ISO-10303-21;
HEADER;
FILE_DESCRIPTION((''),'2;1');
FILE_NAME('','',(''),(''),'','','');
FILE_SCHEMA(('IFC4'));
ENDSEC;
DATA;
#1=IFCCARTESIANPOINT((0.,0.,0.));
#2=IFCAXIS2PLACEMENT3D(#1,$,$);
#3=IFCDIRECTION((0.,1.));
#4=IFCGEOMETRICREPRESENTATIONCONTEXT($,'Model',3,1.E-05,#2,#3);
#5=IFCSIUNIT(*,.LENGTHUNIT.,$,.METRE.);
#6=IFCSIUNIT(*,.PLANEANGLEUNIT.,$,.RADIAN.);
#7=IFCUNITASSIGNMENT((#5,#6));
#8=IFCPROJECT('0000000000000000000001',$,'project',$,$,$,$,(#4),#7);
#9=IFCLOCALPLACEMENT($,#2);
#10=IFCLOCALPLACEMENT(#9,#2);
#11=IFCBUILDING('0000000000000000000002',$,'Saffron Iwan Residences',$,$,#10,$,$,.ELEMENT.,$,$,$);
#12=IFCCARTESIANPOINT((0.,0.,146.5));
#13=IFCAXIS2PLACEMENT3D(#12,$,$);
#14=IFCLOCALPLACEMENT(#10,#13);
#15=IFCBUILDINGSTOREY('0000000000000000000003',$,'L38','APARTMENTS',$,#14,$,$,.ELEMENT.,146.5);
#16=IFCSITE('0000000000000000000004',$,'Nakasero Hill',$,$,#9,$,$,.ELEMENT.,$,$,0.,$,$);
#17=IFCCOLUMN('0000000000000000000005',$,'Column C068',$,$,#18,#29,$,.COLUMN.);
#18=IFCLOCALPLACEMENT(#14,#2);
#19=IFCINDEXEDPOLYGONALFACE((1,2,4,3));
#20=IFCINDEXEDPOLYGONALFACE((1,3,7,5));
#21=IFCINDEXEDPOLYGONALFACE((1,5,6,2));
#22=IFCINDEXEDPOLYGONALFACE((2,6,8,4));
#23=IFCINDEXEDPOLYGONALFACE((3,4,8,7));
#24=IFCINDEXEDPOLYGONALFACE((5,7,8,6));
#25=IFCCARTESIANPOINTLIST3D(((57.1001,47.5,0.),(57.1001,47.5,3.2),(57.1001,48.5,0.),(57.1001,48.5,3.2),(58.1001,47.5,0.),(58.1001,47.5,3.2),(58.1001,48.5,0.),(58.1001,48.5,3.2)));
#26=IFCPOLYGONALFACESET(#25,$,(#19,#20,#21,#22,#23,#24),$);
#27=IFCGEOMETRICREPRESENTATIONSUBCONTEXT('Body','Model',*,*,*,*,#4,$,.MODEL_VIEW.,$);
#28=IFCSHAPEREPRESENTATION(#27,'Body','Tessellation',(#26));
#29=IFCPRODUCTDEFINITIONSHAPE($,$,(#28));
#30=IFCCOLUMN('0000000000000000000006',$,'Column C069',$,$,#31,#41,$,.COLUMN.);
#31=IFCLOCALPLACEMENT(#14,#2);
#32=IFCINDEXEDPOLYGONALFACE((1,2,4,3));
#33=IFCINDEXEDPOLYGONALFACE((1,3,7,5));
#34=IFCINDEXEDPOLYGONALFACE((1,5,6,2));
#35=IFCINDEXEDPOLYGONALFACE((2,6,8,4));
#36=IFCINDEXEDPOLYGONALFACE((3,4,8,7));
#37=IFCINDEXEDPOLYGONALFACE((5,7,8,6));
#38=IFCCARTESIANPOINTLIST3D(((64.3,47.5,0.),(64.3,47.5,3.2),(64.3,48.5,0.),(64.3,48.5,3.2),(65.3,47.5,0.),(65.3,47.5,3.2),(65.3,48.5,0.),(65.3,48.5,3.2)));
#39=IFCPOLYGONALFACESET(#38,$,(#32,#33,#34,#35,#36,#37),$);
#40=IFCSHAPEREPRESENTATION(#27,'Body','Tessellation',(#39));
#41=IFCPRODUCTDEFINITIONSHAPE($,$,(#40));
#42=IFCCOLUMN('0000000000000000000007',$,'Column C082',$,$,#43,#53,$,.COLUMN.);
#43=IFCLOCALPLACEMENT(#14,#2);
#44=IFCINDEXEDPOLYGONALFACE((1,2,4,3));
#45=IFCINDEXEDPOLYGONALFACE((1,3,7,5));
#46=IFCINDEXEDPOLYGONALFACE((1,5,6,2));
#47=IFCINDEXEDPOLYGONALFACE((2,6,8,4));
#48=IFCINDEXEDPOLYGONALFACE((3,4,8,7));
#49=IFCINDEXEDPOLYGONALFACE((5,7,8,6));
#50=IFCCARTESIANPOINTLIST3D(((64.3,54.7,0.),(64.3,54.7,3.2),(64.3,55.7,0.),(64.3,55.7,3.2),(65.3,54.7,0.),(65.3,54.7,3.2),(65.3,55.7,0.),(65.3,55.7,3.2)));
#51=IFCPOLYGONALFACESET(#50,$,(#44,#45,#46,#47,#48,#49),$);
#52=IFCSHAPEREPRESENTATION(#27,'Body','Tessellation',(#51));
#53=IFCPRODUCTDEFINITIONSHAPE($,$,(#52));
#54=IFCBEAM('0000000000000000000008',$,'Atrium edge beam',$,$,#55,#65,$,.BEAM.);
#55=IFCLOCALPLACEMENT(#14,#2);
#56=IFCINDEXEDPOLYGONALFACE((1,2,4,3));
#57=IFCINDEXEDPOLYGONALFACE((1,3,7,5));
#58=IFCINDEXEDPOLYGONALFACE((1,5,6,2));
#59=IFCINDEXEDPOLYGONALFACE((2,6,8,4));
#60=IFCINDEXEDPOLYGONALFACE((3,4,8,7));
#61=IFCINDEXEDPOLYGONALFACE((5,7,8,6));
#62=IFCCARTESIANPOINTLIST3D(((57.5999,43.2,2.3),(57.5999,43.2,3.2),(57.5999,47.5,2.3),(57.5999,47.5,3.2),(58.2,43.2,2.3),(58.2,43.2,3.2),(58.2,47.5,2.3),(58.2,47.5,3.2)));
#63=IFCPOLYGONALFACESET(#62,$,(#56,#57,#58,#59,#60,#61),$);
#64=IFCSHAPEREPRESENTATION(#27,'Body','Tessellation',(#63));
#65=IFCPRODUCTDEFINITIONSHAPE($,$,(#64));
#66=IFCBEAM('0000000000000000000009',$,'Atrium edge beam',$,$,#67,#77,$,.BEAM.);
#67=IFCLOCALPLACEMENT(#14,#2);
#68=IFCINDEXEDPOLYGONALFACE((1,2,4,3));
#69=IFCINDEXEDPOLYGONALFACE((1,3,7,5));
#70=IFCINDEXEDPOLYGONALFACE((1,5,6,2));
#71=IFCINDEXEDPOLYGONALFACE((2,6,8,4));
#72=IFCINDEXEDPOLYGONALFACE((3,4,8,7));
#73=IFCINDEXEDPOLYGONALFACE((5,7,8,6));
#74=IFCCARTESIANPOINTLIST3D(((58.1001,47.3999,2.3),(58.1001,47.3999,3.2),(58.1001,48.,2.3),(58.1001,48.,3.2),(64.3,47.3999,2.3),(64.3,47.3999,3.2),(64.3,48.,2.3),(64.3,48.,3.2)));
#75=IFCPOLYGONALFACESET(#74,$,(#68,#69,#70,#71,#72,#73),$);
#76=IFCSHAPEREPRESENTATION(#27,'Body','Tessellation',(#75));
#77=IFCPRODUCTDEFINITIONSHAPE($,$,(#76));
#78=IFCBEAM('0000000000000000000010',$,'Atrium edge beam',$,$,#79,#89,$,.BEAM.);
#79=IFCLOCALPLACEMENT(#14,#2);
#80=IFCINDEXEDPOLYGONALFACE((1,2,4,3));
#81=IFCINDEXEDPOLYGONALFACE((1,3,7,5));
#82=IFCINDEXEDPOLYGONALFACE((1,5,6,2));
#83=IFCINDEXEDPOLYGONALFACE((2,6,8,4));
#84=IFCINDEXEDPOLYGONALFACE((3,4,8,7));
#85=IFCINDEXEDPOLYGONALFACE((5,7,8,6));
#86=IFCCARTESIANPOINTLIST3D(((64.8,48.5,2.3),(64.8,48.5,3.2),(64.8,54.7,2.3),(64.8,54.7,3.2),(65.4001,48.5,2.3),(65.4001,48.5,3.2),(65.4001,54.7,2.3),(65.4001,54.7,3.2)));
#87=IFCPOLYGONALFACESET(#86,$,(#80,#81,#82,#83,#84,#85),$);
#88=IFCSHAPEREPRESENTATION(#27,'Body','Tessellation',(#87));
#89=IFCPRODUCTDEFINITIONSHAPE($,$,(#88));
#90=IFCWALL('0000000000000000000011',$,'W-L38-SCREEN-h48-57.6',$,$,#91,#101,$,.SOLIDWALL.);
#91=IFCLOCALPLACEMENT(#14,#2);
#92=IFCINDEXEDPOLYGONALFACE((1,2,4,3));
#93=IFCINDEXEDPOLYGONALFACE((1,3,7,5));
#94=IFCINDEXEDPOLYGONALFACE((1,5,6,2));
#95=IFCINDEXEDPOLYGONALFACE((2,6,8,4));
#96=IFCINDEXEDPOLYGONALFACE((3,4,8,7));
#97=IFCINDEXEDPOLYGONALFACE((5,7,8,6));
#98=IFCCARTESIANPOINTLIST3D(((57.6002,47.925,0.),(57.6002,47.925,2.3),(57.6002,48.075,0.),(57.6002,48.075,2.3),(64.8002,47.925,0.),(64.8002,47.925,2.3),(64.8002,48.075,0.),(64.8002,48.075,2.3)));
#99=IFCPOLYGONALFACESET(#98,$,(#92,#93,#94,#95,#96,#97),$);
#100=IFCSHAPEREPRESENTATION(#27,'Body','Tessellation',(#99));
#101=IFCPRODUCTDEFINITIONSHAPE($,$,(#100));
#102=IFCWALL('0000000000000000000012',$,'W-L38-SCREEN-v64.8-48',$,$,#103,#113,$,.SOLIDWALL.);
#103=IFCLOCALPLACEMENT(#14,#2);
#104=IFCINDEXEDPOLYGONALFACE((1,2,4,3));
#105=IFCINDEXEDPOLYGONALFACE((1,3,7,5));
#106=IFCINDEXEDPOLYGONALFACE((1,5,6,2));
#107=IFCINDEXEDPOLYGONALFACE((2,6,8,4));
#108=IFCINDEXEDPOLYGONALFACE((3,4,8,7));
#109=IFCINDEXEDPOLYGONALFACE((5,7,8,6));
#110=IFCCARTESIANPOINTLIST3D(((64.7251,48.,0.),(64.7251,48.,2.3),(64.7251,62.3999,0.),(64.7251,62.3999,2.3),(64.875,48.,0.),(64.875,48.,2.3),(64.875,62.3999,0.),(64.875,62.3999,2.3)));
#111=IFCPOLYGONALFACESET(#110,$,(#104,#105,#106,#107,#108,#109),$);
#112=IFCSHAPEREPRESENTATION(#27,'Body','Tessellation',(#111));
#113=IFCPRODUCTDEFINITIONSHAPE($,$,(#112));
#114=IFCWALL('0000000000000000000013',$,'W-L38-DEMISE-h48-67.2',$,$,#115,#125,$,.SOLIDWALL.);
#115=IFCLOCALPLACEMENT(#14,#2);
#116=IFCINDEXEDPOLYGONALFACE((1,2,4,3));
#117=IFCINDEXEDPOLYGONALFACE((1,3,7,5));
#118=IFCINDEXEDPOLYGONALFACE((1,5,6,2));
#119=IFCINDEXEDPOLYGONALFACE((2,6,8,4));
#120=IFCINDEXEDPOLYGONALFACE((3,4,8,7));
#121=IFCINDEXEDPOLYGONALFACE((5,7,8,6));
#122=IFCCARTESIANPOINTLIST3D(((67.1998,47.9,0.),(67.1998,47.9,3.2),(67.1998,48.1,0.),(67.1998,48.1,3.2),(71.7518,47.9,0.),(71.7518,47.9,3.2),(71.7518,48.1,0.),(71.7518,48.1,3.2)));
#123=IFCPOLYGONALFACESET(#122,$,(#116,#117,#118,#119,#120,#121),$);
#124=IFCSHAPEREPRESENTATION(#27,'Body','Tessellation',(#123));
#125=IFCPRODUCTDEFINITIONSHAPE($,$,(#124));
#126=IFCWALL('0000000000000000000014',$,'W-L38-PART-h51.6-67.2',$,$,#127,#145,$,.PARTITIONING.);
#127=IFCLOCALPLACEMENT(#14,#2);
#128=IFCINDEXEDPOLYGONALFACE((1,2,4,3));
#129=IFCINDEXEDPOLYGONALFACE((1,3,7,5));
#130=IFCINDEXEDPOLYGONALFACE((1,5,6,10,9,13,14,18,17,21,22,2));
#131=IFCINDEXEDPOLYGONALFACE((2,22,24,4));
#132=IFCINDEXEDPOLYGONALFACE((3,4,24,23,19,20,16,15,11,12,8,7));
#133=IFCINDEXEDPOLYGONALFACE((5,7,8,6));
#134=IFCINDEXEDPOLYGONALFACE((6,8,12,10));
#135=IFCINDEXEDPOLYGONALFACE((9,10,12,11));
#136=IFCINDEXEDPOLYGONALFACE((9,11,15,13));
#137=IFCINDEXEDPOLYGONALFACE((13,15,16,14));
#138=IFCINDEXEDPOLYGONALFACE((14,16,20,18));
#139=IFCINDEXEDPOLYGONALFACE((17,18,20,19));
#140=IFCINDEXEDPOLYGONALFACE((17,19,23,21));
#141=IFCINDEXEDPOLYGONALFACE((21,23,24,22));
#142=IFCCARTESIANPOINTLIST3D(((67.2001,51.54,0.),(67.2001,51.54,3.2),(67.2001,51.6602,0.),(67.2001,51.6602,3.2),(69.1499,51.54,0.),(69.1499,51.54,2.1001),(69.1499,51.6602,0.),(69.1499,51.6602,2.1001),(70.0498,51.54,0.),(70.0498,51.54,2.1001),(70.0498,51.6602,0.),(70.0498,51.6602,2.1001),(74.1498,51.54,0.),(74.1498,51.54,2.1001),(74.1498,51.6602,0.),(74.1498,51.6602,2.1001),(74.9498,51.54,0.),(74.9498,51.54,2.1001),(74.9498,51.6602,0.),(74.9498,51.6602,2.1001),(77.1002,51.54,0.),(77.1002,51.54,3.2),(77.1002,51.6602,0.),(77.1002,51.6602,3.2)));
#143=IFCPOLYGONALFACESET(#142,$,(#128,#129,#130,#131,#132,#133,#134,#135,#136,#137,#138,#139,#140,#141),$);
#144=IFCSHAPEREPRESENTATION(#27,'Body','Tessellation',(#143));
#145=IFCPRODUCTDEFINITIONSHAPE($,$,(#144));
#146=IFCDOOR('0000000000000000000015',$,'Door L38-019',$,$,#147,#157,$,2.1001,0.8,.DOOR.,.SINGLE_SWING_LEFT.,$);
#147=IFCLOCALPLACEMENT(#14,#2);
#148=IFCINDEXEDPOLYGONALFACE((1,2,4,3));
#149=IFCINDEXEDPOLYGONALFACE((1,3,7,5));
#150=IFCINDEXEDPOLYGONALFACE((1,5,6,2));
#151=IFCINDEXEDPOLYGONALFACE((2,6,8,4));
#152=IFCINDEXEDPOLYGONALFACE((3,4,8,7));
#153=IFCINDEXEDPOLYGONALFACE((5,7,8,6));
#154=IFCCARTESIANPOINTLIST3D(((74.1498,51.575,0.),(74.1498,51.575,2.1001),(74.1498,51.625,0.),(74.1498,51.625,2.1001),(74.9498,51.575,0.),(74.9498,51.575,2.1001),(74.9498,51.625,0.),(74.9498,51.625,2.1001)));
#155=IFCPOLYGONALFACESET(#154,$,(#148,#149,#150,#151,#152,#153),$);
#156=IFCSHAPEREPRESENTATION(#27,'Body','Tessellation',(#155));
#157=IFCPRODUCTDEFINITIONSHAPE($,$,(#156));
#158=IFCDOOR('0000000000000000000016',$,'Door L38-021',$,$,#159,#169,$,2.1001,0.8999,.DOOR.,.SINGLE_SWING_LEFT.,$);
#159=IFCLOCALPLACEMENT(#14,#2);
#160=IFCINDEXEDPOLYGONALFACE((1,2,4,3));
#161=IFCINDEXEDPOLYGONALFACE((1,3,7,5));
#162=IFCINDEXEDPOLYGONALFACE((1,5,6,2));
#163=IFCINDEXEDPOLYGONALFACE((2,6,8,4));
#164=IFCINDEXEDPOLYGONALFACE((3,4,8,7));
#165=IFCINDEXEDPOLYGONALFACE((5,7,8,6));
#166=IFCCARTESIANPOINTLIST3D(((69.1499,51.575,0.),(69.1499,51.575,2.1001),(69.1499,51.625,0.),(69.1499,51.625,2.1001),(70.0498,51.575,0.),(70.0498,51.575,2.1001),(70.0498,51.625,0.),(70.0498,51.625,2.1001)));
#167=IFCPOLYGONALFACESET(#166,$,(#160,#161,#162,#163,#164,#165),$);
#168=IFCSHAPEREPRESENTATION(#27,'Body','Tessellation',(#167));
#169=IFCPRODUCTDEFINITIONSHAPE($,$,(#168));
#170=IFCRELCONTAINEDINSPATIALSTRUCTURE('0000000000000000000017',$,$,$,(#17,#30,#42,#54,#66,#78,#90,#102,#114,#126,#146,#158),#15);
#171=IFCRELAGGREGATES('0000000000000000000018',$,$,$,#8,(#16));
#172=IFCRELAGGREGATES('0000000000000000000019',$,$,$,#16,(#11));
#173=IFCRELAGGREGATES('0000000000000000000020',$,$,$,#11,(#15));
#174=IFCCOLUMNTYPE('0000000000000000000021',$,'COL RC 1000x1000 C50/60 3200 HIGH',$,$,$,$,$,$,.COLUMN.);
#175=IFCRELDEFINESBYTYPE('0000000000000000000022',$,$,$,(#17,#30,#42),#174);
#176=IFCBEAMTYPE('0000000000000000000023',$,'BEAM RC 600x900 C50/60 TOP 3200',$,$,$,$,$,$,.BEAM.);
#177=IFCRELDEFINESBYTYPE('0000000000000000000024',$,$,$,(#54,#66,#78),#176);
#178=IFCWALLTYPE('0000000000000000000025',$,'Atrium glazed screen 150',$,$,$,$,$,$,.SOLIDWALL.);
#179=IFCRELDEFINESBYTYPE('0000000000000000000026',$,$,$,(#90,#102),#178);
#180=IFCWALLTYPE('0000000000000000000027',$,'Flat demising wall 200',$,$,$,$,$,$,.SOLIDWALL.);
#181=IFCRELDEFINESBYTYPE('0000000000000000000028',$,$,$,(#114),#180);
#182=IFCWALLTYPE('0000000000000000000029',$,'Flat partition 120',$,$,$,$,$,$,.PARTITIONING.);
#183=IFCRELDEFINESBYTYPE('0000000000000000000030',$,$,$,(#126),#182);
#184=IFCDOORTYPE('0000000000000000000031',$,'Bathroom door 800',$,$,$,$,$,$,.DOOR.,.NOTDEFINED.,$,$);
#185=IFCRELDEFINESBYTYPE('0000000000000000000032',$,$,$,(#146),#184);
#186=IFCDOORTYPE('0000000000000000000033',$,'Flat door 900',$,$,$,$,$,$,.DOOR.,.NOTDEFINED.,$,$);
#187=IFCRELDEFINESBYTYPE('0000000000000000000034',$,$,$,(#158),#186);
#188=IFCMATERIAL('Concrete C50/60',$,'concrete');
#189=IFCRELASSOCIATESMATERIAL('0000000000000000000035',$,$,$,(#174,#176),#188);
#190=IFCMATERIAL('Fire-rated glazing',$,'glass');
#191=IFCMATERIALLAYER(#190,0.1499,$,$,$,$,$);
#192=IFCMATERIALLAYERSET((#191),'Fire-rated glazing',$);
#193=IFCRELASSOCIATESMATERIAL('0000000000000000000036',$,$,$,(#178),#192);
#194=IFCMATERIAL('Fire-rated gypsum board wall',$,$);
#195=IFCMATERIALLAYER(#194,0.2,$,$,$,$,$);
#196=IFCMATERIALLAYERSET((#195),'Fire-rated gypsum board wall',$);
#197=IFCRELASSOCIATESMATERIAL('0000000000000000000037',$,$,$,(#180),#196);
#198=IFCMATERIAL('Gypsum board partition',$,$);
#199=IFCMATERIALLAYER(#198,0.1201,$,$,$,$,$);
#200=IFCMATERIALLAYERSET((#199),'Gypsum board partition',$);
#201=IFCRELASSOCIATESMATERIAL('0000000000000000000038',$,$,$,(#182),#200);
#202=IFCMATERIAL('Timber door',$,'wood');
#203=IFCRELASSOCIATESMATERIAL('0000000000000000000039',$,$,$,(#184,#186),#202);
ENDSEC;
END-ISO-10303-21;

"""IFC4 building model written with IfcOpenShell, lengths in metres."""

from ifc_helpers import new_model, si_unit, direction, frame, frame_2d, origin, origin_2d, place, context, subcontext, project, spatial, rectangle, extrude, source, transform, mapped, material, layer, layer_set, material_profile, profile_set, type_object, element, fill, save


model = new_model("IFC4")

# Units and contexts
model_context = context("Model", 3, precision=1e-05, world=origin(), true_north=direction((0.0, 1.0)))
body_context = subcontext(model_context, "Body", "Model", "MODEL_VIEW")
ifc_project = project(units=[si_unit("LENGTHUNIT", "METRE"), si_unit("PLANEANGLEUNIT", "RADIAN")], contexts=[model_context])

# Site, building, storey
site_placement = place(None, origin())
site = spatial("IfcSite", under=ifc_project, at=site_placement, Name="Nakasero Hill", CompositionType="ELEMENT", RefElevation=0.0)
building_placement = place(site_placement, origin())
building = spatial("IfcBuilding", under=site, at=building_placement, Name="Saffron Iwan Residences", CompositionType="ELEMENT")
storey_placement = place(building_placement, frame((0.0, 0.0, 146.5)))
storey = spatial("IfcBuildingStorey", under=building, at=storey_placement, Name="L38", Description="APARTMENTS", CompositionType="ELEMENT", Elevation=146.5)

# Columns
ifc_material_1 = material(Name="Concrete C50/60", Category="concrete")
ifc_material_profile_1 = material_profile(ifc_material_1, rectangle(XDim=1.0, YDim=1.0, at=origin_2d()), Name="RC 1000x1000")
ifc_profile_set_1 = profile_set([ifc_material_profile_1], Name="Concrete C50/60")
column_type = type_object("IfcColumnType", Name="COL RC 1000x1000 C50/60 3200 HIGH", PredefinedType="COLUMN", material=ifc_profile_set_1)
shared_shape_1 = source(origin(), body_context, "Body", "SweptSolid", [
    extrude(rectangle(XDim=1.0, YDim=1.0, at=origin_2d()), origin(), (0.0, 0.0, 1.0), 3.2),
])
for number, where, z_axis, x_axis, name in (
    (1, (57.6001, 48.0, 0.0), (0.0, 0.0, 1.0), (1.0, 0.0, 0.0), "Column C068"),
    (2, (64.8, 48.0, 0.0), (0.0, 0.0, 1.0), (1.0, 0.0, 0.0), "Column C069"),
    (3, (64.8, 55.2, 0.0), (0.0, 0.0, 1.0), (1.0, 0.0, 0.0), "Column C082"),
):
    element("IfcColumn", number, at=place(storey_placement, frame(where, z_axis=z_axis, x_axis=x_axis)), inside=storey, type_object=column_type, Name=name, PredefinedType="COLUMN", context=body_context, shape_type="MappedRepresentation", body=[
        mapped(shared_shape_1, transform((0.0, 0.0, 0.0))),
    ])

# Beams
ifc_material_profile_2 = material_profile(ifc_material_1, rectangle(XDim=0.6001, YDim=0.8999, at=origin_2d()), Name="RC 600x900")
ifc_profile_set_2 = profile_set([ifc_material_profile_2], Name="Concrete C50/60")
beam_type = type_object("IfcBeamType", Name="BEAM RC 600x900 C50/60 TOP 3200", PredefinedType="BEAM", material=ifc_profile_set_2)
shared_shape_2 = source(origin(), body_context, "Body", "SweptSolid", [
    extrude(rectangle(XDim=0.6001, YDim=0.8999, at=origin_2d()), origin(), (0.0, 0.0, 1.0), 4.3),
])
beam_placement = place(storey_placement, frame((57.8999, 47.5, 2.75), z_axis=(0.0, -1.0, 0.0), x_axis=(1.0, 0.0, 0.0)))
element("IfcBeam", 4, at=beam_placement, inside=storey, type_object=beam_type, Name="Atrium edge beam", PredefinedType="BEAM", context=body_context, shape_type="MappedRepresentation", body=[
    mapped(shared_shape_2, transform((0.0, 0.0, 0.0))),
])
shared_shape_3 = source(origin(), body_context, "Body", "SweptSolid", [
    extrude(rectangle(XDim=0.6001, YDim=0.8999, at=origin_2d()), origin(), (0.0, 0.0, 1.0), 6.2),
])
for number, where, z_axis, x_axis, name in (
    (5, (64.3, 47.7, 2.75), (-1.0, 0.0, 0.0), (0.0, -1.0, 0.0), "Atrium edge beam"),
    (6, (65.1001, 54.7, 2.75), (0.0, -1.0, 0.0), (1.0, 0.0, 0.0), "Atrium edge beam"),
):
    element("IfcBeam", number, at=place(storey_placement, frame(where, z_axis=z_axis, x_axis=x_axis)), inside=storey, type_object=beam_type, Name=name, PredefinedType="BEAM", context=body_context, shape_type="MappedRepresentation", body=[
        mapped(shared_shape_3, transform((0.0, 0.0, 0.0))),
    ])

# Walls
ifc_material_2 = material(Name="Fire-rated glazing", Category="glass")
ifc_layer_1 = layer(ifc_material_2, 0.1499)
ifc_layer_set_1 = layer_set([ifc_layer_1], Name="Fire-rated glazing")
wall_type_1 = type_object("IfcWallType", Name="Atrium glazed screen 150", PredefinedType="SOLIDWALL", material=ifc_layer_set_1)
wall_1_placement = place(storey_placement, frame((57.6001, 48.0, 0.0), z_axis=(0.0, 0.0, 1.0), x_axis=(1.0, 0.0, 0.0)))
element("IfcWall", 7, at=wall_1_placement, inside=storey, type_object=wall_type_1, Name="W-L38-SCREEN-h48-57.6", PredefinedType="SOLIDWALL", context=body_context, shape_type="SweptSolid", body=[
    extrude(rectangle(XDim=7.2, YDim=0.1499, at=frame_2d((3.6001, 0.0))), origin(), (0.0, 0.0, 1.0), 2.3),
])
wall_2_placement = place(storey_placement, frame((64.8, 48.0, 0.0), z_axis=(0.0, 0.0, 1.0), x_axis=(0.0, 1.0, 0.0)))
element("IfcWall", 8, at=wall_2_placement, inside=storey, type_object=wall_type_1, Name="W-L38-SCREEN-v64.8-48", PredefinedType="SOLIDWALL", context=body_context, shape_type="SweptSolid", body=[
    extrude(rectangle(XDim=14.3999, YDim=0.1499, at=frame_2d((7.2, 0.0))), origin(), (0.0, 0.0, 1.0), 2.3),
])
ifc_material_3 = material(Name="Fire-rated gypsum board wall")
ifc_layer_2 = layer(ifc_material_3, 0.2)
ifc_layer_set_2 = layer_set([ifc_layer_2], Name="Fire-rated gypsum board wall")
wall_type_2 = type_object("IfcWallType", Name="Flat demising wall 200", PredefinedType="SOLIDWALL", material=ifc_layer_set_2)
wall_3_placement = place(storey_placement, frame((67.2, 48.0, 0.0), z_axis=(0.0, 0.0, 1.0), x_axis=(1.0, 0.0, 0.0)))
element("IfcWall", 9, at=wall_3_placement, inside=storey, type_object=wall_type_2, Name="W-L38-DEMISE-h48-67.2", PredefinedType="SOLIDWALL", context=body_context, shape_type="SweptSolid", body=[
    extrude(rectangle(XDim=4.552, YDim=0.2, at=frame_2d((2.2759, 0.0))), origin(), (0.0, 0.0, 1.0), 3.2),
])

# Wall, openings, doors
ifc_material_4 = material(Name="Gypsum board partition")
ifc_layer_3 = layer(ifc_material_4, 0.1201)
ifc_layer_set_3 = layer_set([ifc_layer_3], Name="Gypsum board partition")
wall_type_3 = type_object("IfcWallType", Name="Flat partition 120", PredefinedType="PARTITIONING", material=ifc_layer_set_3)
wall_4_placement = place(storey_placement, frame((67.2, 51.6001, 0.0), z_axis=(0.0, 0.0, 1.0), x_axis=(1.0, 0.0, 0.0)))
wall_4 = element("IfcWall", 10, at=wall_4_placement, inside=storey, type_object=wall_type_3, Name="W-L38-PART-h51.6-67.2", PredefinedType="PARTITIONING", context=body_context, shape_type="SweptSolid", body=[
    extrude(rectangle(XDim=9.9001, YDim=0.1201, at=frame_2d((4.9502, 0.0))), origin(), (0.0, 0.0, 1.0), 3.2),
])
opening_1_placement = place(wall_4_placement, frame((6.95, 0.0, 0.0)))
opening_1 = element("IfcOpeningElement", 11, at=opening_1_placement, cuts=wall_4, PredefinedType="OPENING", context=body_context, shape_type="SweptSolid", body=[
    extrude(rectangle(XDim=0.8, YDim=2.1001, at=frame_2d((0.3999, 1.05))), frame((0.0, 0.0701, 0.0), z_axis=(0.0, -1.0, 0.0), x_axis=(1.0, 0.0, 0.0)), (0.0, 0.0, 1.0), 0.1401),
])
opening_2_placement = place(wall_4_placement, frame((1.95, 0.0, 0.0)))
opening_2 = element("IfcOpeningElement", 12, at=opening_2_placement, cuts=wall_4, PredefinedType="OPENING", context=body_context, shape_type="SweptSolid", body=[
    extrude(rectangle(XDim=0.8999, YDim=2.1001, at=frame_2d((0.45, 1.05))), frame((0.0, 0.0701, 0.0), z_axis=(0.0, -1.0, 0.0), x_axis=(1.0, 0.0, 0.0)), (0.0, 0.0, 1.0), 0.1401),
])
ifc_material_5 = material(Name="Timber door", Category="wood")
door_type_1 = type_object("IfcDoorType", Name="Bathroom door 800", OperationType="NOTDEFINED", PredefinedType="DOOR", material=ifc_material_5)
door_1_placement = place(opening_1_placement, origin())
door_1 = element("IfcDoor", 13, at=door_1_placement, inside=storey, type_object=door_type_1, Name="Door L38-019", OperationType="SINGLE_SWING_LEFT", OverallHeight=2.1001, OverallWidth=0.8, PredefinedType="DOOR", context=body_context, shape_type="SweptSolid", body=[
    extrude(rectangle(XDim=0.8, YDim=2.1001, at=frame_2d((0.3999, 1.05))), frame((0.0, 0.0249, 0.0), z_axis=(0.0, -1.0, 0.0), x_axis=(1.0, 0.0, 0.0)), (0.0, 0.0, 1.0), 0.05),
])
fill(opening_1, door_1)
door_type_2 = type_object("IfcDoorType", Name="Flat door 900", OperationType="NOTDEFINED", PredefinedType="DOOR", material=ifc_material_5)
door_2_placement = place(opening_2_placement, origin())
door_2 = element("IfcDoor", 14, at=door_2_placement, inside=storey, type_object=door_type_2, Name="Door L38-021", OperationType="SINGLE_SWING_LEFT", OverallHeight=2.1001, OverallWidth=0.8999, PredefinedType="DOOR", context=body_context, shape_type="SweptSolid", body=[
    extrude(rectangle(XDim=0.8999, YDim=2.1001, at=frame_2d((0.45, 1.05))), frame((0.0, 0.0249, 0.0), z_axis=(0.0, -1.0, 0.0), x_axis=(1.0, 0.0, 0.0)), (0.0, 0.0, 1.0), 0.05),
])
fill(opening_2, door_2)

save(model, "model.ifc")
